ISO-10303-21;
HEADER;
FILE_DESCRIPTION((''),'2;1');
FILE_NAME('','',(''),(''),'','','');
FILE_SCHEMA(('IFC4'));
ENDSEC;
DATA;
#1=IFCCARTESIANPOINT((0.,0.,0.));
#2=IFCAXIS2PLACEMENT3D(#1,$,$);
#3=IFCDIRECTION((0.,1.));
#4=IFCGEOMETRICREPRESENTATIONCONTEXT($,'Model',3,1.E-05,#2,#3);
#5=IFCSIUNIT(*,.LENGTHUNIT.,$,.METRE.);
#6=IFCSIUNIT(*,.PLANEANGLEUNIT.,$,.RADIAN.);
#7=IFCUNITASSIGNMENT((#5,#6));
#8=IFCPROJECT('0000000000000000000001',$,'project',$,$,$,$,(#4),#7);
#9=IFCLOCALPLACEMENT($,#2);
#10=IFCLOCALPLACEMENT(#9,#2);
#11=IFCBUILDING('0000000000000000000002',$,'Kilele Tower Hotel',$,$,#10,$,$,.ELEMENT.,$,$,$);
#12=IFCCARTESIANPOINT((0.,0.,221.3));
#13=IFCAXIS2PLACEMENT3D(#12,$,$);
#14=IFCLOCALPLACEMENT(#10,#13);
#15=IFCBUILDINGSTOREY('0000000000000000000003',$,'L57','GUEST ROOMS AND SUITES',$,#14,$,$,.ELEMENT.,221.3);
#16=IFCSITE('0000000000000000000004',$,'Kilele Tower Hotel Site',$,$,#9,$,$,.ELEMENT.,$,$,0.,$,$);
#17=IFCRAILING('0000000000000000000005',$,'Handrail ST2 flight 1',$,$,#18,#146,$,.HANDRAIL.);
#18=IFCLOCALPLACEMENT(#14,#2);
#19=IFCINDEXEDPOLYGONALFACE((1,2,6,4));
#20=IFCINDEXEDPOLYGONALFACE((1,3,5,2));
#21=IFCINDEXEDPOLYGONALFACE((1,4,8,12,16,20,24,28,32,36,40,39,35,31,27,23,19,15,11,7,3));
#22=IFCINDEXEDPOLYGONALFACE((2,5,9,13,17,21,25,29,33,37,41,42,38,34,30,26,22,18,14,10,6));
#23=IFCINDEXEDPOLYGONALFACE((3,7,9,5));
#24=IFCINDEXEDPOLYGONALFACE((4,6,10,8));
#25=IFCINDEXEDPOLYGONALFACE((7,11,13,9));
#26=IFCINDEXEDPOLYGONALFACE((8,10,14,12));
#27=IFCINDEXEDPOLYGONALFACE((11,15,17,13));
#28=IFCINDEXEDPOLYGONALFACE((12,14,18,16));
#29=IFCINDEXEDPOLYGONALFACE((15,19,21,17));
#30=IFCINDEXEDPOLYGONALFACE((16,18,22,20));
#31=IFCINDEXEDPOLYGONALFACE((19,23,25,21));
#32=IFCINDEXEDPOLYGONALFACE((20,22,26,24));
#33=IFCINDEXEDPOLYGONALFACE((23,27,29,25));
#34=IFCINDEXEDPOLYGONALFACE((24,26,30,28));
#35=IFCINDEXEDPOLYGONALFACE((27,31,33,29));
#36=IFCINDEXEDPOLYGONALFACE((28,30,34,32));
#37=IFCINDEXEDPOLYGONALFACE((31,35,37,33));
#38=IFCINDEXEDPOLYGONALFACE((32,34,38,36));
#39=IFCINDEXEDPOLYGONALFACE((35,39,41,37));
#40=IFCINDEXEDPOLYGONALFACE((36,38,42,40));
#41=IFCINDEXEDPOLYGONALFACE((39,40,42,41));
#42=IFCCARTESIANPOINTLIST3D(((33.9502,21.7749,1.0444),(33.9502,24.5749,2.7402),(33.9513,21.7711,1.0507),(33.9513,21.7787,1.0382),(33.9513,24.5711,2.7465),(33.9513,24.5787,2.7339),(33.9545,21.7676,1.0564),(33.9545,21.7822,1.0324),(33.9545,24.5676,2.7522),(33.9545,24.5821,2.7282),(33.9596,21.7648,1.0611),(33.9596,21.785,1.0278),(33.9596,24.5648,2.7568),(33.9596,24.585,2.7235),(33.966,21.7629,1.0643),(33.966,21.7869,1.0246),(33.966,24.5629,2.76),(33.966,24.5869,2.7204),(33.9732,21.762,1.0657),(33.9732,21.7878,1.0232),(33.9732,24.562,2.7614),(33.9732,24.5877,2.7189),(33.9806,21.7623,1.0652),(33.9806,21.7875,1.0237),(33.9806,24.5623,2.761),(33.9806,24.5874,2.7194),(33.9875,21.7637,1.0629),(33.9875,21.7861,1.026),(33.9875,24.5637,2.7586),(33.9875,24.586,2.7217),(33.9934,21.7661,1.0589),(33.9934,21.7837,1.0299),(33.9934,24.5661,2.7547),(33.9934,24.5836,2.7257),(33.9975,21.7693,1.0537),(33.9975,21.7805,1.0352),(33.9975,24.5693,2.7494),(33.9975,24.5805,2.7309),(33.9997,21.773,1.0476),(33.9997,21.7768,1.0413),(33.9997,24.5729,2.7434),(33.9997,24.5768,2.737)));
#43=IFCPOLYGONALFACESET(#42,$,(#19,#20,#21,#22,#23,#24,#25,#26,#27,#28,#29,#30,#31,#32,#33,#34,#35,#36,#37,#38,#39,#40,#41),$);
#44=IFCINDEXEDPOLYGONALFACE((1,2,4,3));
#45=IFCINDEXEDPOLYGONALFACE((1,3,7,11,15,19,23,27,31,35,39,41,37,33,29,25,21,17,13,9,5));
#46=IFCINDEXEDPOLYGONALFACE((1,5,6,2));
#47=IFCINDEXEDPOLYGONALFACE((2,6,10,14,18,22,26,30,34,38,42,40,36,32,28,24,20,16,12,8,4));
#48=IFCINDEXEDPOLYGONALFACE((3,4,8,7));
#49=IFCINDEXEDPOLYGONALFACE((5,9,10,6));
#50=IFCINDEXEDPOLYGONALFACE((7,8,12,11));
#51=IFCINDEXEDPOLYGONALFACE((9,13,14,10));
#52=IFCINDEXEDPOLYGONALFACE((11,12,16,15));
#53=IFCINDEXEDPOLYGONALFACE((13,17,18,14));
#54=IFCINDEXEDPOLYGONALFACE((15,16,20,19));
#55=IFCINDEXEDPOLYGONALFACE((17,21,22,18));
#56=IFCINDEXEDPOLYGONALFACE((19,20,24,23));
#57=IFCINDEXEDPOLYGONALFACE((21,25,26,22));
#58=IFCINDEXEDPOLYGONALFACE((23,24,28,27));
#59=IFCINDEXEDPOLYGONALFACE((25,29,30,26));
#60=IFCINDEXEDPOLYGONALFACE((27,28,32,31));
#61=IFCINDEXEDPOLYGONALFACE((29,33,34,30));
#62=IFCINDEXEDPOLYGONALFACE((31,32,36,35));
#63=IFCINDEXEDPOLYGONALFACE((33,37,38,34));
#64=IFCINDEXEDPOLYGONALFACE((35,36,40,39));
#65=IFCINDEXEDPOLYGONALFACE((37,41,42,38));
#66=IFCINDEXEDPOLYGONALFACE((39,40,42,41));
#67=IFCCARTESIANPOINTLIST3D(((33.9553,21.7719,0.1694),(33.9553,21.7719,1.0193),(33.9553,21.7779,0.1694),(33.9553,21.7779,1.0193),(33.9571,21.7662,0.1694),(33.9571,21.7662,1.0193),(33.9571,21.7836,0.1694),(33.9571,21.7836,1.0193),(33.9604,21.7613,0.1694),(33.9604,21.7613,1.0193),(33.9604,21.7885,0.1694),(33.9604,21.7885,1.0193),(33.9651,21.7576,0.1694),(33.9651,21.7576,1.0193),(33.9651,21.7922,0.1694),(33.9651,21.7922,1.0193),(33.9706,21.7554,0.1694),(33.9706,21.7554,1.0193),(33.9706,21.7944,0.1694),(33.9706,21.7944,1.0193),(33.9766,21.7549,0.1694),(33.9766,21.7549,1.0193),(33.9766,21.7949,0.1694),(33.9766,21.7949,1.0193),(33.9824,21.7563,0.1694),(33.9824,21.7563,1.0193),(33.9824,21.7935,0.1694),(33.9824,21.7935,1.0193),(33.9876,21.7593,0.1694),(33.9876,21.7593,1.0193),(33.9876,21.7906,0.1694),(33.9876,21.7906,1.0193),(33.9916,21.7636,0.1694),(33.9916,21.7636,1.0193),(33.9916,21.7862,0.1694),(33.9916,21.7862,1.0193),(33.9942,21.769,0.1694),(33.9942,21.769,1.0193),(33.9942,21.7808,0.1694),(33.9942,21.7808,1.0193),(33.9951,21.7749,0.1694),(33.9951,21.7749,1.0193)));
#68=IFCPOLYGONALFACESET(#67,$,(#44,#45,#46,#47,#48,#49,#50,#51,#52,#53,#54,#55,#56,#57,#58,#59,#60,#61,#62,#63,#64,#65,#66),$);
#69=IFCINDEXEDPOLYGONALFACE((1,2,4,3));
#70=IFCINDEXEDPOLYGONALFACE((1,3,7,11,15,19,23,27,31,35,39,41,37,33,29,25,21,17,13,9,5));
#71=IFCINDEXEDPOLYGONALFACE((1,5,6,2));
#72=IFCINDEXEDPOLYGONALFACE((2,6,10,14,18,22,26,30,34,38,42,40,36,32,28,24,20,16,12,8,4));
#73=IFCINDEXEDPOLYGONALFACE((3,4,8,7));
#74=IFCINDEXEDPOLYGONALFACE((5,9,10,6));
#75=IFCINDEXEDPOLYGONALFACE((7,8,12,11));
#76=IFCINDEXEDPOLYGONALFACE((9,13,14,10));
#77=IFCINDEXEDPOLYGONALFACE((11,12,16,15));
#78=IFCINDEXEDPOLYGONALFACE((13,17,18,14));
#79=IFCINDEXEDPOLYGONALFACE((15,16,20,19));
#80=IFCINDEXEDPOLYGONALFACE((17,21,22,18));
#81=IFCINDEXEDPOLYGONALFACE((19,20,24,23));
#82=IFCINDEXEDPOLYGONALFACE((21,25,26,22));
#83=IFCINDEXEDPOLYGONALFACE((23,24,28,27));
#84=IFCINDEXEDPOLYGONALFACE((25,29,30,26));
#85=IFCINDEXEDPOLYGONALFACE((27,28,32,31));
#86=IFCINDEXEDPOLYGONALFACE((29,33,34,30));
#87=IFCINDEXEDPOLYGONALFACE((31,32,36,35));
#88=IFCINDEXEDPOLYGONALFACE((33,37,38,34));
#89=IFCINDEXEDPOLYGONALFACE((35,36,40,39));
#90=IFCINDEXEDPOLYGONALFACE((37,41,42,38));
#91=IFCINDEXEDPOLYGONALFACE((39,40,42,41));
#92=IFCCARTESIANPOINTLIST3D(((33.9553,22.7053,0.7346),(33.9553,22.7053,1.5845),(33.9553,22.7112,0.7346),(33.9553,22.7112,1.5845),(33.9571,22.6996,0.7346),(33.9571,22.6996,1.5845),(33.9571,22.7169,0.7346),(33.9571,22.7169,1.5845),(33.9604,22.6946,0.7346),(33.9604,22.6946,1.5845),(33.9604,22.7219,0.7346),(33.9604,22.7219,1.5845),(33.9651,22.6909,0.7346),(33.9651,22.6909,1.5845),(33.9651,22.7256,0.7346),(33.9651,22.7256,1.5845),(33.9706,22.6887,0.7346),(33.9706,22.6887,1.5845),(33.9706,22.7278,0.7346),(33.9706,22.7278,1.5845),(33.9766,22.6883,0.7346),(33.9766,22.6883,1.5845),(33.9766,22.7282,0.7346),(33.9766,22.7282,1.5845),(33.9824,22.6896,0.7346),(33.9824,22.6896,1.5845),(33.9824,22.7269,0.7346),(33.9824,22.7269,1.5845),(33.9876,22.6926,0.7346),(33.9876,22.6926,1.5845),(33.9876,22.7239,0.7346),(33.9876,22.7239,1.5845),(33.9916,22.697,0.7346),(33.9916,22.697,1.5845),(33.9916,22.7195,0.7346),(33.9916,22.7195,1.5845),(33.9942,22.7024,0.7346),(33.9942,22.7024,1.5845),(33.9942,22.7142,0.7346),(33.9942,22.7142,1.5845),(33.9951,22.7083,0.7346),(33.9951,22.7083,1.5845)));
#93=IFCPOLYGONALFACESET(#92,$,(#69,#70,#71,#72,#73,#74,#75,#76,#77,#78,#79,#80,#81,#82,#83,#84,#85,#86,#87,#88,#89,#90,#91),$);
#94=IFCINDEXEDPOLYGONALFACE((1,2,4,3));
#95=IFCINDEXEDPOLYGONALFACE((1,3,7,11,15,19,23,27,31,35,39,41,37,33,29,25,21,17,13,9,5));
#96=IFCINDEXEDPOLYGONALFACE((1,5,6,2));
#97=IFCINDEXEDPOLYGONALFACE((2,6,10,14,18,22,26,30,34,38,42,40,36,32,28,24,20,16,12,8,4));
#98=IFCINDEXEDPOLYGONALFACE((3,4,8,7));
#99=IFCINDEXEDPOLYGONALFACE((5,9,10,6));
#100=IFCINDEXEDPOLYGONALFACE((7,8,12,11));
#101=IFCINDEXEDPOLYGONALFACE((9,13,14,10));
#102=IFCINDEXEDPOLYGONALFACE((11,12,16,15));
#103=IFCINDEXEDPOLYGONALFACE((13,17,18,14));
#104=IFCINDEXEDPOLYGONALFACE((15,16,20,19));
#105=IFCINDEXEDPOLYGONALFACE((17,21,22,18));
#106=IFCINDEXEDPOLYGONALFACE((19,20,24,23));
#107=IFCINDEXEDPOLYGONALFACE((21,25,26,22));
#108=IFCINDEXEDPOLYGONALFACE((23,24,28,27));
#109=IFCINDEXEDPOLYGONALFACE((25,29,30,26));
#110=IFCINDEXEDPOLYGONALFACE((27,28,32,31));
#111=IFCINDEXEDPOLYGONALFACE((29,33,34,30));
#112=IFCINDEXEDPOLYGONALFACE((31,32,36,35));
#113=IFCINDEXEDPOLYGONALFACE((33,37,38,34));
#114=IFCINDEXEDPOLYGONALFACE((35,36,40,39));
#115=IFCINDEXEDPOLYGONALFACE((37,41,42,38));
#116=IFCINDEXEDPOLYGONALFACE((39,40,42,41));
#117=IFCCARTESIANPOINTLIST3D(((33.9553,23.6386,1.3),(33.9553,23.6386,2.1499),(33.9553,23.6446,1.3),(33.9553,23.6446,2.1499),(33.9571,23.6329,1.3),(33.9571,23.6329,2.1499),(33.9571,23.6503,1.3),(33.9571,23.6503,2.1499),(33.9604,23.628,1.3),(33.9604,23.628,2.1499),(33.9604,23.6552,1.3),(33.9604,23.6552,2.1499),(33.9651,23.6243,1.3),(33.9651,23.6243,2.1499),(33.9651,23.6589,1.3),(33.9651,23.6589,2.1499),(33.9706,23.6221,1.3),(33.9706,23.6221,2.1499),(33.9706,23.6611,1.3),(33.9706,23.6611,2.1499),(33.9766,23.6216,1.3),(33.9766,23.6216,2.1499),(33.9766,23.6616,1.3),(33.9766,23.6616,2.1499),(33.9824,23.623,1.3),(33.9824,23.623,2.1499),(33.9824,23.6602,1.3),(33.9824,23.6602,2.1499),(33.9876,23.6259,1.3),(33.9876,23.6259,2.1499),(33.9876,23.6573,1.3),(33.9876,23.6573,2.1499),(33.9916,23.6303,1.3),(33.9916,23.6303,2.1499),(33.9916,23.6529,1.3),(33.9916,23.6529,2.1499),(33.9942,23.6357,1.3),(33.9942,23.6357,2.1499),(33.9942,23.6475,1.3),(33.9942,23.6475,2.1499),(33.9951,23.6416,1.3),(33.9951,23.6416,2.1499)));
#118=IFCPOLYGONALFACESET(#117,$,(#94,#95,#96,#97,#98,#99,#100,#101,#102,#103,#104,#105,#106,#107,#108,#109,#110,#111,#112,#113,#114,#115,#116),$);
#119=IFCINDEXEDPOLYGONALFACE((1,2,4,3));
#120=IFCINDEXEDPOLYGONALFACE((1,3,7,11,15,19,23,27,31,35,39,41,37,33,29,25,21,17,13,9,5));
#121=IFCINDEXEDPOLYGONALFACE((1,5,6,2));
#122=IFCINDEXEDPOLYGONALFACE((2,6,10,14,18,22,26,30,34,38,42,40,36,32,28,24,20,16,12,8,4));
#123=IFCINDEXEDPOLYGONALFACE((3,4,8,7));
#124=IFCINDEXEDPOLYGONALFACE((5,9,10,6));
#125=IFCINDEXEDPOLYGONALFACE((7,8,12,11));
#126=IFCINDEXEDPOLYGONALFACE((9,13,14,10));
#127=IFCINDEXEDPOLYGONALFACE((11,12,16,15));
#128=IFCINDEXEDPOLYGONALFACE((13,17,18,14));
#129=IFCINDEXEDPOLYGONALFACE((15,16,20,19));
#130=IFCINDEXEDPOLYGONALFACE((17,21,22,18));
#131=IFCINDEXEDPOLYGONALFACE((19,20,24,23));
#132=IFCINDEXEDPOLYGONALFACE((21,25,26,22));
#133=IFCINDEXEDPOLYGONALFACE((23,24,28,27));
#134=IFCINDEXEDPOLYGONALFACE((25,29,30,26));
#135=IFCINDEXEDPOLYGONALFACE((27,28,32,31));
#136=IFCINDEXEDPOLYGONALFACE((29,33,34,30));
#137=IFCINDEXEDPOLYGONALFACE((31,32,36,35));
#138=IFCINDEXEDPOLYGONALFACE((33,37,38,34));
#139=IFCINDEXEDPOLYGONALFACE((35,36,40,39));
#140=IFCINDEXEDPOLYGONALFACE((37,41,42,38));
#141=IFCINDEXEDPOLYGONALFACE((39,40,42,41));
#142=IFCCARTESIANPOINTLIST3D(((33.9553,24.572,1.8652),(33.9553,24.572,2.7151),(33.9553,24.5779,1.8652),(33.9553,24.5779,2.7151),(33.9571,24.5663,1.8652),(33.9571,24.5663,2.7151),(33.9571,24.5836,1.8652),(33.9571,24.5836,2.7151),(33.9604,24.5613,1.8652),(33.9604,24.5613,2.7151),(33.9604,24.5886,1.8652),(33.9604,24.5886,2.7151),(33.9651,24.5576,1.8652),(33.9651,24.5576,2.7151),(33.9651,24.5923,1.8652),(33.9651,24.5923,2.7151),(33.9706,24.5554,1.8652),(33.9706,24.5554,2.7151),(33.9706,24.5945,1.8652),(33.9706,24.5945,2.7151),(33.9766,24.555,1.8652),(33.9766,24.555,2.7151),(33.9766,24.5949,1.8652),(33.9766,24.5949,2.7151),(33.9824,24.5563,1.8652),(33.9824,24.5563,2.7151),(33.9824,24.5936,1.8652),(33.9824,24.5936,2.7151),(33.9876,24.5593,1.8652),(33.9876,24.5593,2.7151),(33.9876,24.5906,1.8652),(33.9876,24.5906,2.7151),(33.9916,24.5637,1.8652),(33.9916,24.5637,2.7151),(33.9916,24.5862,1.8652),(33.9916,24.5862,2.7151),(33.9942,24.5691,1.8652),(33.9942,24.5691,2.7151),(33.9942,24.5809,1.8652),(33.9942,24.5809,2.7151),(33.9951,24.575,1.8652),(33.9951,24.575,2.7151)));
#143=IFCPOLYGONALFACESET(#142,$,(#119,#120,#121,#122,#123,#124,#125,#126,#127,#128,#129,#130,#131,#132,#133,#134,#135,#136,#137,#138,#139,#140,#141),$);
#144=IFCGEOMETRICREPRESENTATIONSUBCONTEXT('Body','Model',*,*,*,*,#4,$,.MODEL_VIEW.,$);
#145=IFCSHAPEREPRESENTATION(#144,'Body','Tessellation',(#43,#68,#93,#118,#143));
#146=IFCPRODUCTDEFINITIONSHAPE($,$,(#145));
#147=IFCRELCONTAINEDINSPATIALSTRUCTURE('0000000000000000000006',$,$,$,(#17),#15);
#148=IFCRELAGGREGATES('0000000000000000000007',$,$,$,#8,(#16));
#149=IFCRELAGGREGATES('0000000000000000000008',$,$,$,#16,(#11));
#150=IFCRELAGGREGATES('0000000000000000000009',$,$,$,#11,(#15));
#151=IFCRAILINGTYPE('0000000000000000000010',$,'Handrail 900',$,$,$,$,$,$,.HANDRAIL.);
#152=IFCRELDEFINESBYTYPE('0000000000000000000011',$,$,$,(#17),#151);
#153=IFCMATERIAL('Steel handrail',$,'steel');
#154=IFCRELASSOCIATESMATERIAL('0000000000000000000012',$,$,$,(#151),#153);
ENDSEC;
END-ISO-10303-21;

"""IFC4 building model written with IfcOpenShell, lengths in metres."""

from ifc_helpers import new_model, si_unit, direction, frame, origin, origin_2d, place, context, subcontext, project, spatial, circle, extrude, material, type_object, element, save


model = new_model("IFC4")

# Units and contexts
model_context = context("Model", 3, precision=1e-05, world=origin(), true_north=direction((0.0, 1.0)))
body_context = subcontext(model_context, "Body", "Model", "MODEL_VIEW")
ifc_project = project(units=[si_unit("LENGTHUNIT", "METRE"), si_unit("PLANEANGLEUNIT", "RADIAN")], contexts=[model_context])

# Site, building, storey
site_placement = place(None, origin())
site = spatial("IfcSite", under=ifc_project, at=site_placement, Name="Kilele Tower Hotel Site", CompositionType="ELEMENT", RefElevation=0.0)
building_placement = place(site_placement, origin())
building = spatial("IfcBuilding", under=site, at=building_placement, Name="Kilele Tower Hotel", CompositionType="ELEMENT")
storey_placement = place(building_placement, frame((0.0, 0.0, 221.3)))
storey = spatial("IfcBuildingStorey", under=building, at=storey_placement, Name="L57", Description="GUEST ROOMS AND SUITES", CompositionType="ELEMENT", Elevation=221.3)

# Railing
ifc_material_1 = material(Name="Steel handrail", Category="steel")
railing_type_1 = type_object("IfcRailingType", Name="Handrail 900", PredefinedType="HANDRAIL", material=ifc_material_1)
for number, where, name in (
    (1, (33.9751, 21.7749, 0.1694), "Handrail ST2 flight 1"),
):
    element("IfcRailing", number, at=place(storey_placement, frame(where)), inside=storey, type_object=railing_type_1, Name=name, PredefinedType="HANDRAIL", context=body_context, shape_type="SweptSolid", body=[
        extrude(circle(Radius=0.0249, at=origin_2d()), frame((0.0, 0.0, 0.875), z_axis=(0.0, 0.85536, 0.518034), x_axis=(-1.0, 0.0, 0.0)), (0.0, 0.0, 1.0), 3.2734),
        extrude(circle(Radius=0.02, at=origin_2d()), origin(), (0.0, 0.0, 1.0), 0.8499),
        extrude(circle(Radius=0.02, at=origin_2d()), frame((0.0, 0.9333, 0.5652)), (0.0, 0.0, 1.0), 0.8499),
        extrude(circle(Radius=0.02, at=origin_2d()), frame((0.0, 1.8667, 1.1306)), (0.0, 0.0, 1.0), 0.8499),
        extrude(circle(Radius=0.02, at=origin_2d()), frame((0.0, 2.8, 1.6958)), (0.0, 0.0, 1.0), 0.8499),
    ])

save(model, "model.ifc")
